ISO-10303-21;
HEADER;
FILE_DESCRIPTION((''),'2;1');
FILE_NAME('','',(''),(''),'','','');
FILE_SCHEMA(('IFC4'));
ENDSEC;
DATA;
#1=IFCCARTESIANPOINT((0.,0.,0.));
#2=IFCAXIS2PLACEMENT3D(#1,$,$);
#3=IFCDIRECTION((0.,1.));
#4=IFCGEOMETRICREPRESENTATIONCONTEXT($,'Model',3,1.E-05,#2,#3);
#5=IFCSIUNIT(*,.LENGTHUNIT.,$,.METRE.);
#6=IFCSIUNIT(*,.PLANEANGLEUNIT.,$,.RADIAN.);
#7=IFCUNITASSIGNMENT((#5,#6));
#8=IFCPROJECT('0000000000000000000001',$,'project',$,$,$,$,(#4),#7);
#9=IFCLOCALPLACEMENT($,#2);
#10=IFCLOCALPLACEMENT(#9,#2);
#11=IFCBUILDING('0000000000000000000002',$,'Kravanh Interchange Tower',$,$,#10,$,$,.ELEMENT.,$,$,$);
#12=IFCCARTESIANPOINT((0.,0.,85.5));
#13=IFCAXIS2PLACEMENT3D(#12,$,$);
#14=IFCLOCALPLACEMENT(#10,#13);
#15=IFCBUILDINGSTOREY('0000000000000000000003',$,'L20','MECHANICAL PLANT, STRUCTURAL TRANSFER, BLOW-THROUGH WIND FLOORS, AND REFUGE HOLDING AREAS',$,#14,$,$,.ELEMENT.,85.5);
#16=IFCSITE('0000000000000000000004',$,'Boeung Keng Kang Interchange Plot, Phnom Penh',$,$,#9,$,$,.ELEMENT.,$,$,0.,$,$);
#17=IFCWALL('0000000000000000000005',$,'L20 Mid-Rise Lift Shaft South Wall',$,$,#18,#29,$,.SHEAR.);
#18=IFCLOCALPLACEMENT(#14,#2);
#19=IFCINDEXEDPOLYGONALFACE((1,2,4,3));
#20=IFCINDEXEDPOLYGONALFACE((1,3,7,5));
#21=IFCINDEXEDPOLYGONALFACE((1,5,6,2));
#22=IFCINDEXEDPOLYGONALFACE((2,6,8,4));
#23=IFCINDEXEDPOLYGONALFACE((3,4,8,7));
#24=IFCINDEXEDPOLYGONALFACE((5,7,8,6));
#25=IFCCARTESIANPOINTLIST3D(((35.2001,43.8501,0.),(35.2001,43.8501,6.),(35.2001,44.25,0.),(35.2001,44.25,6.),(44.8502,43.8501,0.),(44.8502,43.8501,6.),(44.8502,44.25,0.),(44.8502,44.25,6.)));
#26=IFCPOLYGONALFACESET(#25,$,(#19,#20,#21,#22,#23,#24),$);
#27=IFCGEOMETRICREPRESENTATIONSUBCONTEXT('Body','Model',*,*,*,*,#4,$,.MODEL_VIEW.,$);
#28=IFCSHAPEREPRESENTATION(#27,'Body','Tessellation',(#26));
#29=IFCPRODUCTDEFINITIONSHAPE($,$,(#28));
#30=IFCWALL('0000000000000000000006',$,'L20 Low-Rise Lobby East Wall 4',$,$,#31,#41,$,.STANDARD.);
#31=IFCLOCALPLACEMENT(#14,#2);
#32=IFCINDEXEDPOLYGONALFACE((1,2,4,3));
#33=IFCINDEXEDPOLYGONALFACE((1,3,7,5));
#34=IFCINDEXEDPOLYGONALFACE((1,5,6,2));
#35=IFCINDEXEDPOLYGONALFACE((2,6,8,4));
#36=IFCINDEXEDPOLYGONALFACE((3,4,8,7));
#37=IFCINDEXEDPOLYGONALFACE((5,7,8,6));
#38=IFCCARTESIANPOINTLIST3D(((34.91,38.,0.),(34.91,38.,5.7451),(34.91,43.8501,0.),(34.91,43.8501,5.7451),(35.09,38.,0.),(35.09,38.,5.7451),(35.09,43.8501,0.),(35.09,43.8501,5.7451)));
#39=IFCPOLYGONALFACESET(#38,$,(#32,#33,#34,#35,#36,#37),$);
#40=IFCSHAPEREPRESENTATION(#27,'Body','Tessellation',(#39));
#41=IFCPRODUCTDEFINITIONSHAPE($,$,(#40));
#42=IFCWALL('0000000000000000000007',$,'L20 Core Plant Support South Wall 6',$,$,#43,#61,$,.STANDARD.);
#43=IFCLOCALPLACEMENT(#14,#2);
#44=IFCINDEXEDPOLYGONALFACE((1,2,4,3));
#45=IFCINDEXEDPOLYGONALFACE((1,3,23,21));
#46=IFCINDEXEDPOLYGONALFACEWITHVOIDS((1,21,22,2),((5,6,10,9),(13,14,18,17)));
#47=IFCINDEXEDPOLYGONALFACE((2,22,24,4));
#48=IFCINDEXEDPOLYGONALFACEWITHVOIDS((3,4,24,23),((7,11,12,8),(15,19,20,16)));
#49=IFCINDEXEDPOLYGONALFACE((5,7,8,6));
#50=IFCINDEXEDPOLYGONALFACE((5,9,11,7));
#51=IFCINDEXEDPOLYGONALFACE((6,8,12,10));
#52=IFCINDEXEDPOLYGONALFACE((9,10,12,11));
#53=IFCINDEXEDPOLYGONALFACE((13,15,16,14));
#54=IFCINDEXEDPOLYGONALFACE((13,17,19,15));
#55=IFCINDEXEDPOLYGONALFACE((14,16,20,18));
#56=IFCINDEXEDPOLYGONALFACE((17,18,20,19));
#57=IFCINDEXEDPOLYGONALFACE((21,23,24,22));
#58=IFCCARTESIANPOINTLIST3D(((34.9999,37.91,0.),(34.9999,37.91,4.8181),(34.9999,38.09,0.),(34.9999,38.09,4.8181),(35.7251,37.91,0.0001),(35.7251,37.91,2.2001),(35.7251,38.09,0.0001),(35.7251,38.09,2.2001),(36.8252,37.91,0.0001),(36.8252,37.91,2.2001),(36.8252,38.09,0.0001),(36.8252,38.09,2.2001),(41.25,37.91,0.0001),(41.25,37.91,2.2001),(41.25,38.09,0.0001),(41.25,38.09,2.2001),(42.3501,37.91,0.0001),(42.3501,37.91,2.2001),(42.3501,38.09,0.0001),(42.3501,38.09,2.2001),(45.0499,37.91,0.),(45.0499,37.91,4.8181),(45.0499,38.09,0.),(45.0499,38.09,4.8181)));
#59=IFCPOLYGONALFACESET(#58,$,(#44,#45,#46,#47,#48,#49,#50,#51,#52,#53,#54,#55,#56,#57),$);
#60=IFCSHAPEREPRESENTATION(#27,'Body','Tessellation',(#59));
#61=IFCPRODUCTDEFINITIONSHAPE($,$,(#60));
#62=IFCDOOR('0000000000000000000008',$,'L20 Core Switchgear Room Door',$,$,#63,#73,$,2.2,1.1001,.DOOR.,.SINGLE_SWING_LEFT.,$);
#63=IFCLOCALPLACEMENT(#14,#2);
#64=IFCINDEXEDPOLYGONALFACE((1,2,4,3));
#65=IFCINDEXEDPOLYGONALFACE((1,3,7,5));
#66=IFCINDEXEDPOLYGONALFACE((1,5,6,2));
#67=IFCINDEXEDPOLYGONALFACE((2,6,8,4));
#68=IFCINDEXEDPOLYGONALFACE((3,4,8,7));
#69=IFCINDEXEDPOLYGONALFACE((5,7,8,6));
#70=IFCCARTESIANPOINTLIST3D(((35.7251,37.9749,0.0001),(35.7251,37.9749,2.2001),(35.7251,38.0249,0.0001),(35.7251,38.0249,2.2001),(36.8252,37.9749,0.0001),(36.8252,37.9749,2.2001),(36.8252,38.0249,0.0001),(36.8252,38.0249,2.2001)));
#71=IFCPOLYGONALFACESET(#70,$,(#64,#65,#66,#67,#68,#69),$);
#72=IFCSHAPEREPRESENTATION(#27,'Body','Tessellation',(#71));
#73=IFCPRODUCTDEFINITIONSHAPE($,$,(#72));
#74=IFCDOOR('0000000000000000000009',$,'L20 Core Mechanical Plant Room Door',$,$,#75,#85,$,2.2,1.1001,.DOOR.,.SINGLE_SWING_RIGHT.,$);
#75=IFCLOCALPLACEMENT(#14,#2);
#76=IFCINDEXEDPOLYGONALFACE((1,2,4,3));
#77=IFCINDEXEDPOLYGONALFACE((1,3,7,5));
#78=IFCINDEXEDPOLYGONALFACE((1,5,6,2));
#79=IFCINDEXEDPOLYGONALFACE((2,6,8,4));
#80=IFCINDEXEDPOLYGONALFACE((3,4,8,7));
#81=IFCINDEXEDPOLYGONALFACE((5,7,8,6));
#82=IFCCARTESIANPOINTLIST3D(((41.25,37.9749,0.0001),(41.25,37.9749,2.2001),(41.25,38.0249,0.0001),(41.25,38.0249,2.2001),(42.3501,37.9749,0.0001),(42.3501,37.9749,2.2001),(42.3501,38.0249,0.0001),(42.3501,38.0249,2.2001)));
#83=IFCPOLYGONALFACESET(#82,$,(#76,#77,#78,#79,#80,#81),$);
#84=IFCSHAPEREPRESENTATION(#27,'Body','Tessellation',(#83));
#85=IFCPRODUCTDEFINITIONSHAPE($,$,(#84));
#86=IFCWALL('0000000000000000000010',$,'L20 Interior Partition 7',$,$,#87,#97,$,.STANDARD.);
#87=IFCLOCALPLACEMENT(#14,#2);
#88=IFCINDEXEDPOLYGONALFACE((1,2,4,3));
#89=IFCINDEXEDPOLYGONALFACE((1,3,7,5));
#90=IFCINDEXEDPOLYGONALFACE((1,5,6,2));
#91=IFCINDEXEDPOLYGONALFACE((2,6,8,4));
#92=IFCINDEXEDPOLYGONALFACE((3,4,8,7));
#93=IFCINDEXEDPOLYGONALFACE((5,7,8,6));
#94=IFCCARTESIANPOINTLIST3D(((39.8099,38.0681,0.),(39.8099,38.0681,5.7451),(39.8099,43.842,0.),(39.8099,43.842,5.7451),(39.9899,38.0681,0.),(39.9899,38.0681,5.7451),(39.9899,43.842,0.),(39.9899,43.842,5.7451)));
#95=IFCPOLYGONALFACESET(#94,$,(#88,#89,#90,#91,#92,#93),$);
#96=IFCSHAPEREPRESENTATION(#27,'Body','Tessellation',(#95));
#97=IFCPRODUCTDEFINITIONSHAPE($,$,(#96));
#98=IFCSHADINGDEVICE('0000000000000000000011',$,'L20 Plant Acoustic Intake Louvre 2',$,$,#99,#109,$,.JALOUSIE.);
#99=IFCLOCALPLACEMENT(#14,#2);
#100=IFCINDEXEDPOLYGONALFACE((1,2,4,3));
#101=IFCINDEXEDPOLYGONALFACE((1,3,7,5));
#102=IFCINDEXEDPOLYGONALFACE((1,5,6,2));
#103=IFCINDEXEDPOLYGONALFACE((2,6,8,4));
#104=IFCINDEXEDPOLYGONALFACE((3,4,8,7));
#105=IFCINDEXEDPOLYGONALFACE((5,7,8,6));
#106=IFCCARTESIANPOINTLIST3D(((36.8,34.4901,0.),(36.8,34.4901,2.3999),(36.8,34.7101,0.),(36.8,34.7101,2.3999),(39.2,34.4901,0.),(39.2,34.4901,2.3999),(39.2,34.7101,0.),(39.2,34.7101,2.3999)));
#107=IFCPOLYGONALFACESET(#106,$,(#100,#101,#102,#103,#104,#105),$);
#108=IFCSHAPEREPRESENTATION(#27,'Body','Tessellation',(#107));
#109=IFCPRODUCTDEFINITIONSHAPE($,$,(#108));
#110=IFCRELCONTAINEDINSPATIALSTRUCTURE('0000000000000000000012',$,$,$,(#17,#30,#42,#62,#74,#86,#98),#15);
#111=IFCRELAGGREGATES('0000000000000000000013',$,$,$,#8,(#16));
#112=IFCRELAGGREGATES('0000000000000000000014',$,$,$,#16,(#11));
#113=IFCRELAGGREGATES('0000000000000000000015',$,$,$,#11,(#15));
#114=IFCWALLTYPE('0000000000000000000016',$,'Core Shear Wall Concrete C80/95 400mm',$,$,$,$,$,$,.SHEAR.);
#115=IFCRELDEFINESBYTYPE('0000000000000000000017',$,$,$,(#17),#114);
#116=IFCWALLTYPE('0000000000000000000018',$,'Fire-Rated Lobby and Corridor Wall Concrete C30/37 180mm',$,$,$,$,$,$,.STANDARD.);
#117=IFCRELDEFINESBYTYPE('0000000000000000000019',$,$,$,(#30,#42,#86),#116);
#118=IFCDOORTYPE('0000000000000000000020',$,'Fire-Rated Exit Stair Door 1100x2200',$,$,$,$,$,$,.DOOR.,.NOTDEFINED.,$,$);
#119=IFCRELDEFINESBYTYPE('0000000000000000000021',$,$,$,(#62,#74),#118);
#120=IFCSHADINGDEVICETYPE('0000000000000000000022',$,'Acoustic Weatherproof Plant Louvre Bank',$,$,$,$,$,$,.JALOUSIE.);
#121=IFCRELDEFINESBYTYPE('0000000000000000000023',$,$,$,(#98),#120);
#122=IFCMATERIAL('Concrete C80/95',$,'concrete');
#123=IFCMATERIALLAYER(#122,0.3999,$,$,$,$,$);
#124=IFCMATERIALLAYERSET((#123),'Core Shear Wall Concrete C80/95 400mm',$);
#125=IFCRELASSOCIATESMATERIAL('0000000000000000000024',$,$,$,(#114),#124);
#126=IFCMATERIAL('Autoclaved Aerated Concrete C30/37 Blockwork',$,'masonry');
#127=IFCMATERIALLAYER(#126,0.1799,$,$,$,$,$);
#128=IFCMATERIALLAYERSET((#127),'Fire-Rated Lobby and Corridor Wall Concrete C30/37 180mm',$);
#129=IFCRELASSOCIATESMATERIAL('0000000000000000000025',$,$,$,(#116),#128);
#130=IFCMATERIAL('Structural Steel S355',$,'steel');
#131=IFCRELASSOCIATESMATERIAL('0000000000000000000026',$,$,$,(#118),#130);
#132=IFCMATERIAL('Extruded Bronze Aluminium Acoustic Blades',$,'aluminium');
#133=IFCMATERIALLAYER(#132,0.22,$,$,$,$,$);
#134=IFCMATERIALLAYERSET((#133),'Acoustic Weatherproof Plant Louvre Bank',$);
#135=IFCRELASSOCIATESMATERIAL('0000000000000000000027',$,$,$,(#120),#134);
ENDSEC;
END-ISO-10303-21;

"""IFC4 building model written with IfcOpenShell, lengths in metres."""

from ifc_helpers import new_model, si_unit, direction, frame, frame_2d, origin, origin_2d, place, context, subcontext, project, spatial, rectangle, extrude, material, layer, layer_set, type_object, element, fill, save


model = new_model("IFC4")

# Units and contexts
model_context = context("Model", 3, precision=1e-05, world=origin(), true_north=direction((0.0, 1.0)))
body_context = subcontext(model_context, "Body", "Model", "MODEL_VIEW")
ifc_project = project(units=[si_unit("LENGTHUNIT", "METRE"), si_unit("PLANEANGLEUNIT", "RADIAN")], contexts=[model_context])

# Site, building, storey
site_placement = place(None, origin())
site = spatial("IfcSite", under=ifc_project, at=site_placement, Name="Boeung Keng Kang Interchange Plot, Phnom Penh", CompositionType="ELEMENT", RefElevation=0.0)
building_placement = place(site_placement, origin())
building = spatial("IfcBuilding", under=site, at=building_placement, Name="Kravanh Interchange Tower", CompositionType="ELEMENT")
storey_placement = place(building_placement, frame((0.0, 0.0, 85.5)))
storey = spatial("IfcBuildingStorey", under=building, at=storey_placement, Name="L20", Description="MECHANICAL PLANT, STRUCTURAL TRANSFER, BLOW-THROUGH WIND FLOORS, AND REFUGE HOLDING AREAS", CompositionType="ELEMENT", Elevation=85.5)

# Walls
ifc_material_1 = material(Name="Concrete C80/95", Category="concrete")
ifc_layer_1 = layer(ifc_material_1, 0.3999)
ifc_layer_set_1 = layer_set([ifc_layer_1], Name="Core Shear Wall Concrete C80/95 400mm")
wall_type_1 = type_object("IfcWallType", Name="Core Shear Wall Concrete C80/95 400mm", PredefinedType="SHEAR", material=ifc_layer_set_1)
wall_1_placement = place(storey_placement, frame((35.2, 44.05, 0.0), z_axis=(0.0, 0.0, 1.0), x_axis=(1.0, 0.0, 0.0)))
element("IfcWall", 1, at=wall_1_placement, inside=storey, type_object=wall_type_1, Name="L20 Mid-Rise Lift Shaft South Wall", PredefinedType="SHEAR", context=body_context, shape_type="SweptSolid", body=[
    extrude(rectangle(XDim=9.6501, YDim=0.3999, at=frame_2d((4.8252, 0.0))), origin(), (0.0, 0.0, 1.0), 6.0),
])
ifc_material_2 = material(Name="Autoclaved Aerated Concrete C30/37 Blockwork", Category="masonry")
ifc_layer_2 = layer(ifc_material_2, 0.1799)
ifc_layer_set_2 = layer_set([ifc_layer_2], Name="Fire-Rated Lobby and Corridor Wall Concrete C30/37 180mm")
wall_type_2 = type_object("IfcWallType", Name="Fire-Rated Lobby and Corridor Wall Concrete C30/37 180mm", PredefinedType="STANDARD", material=ifc_layer_set_2)
wall_2_placement = place(storey_placement, frame((35.0, 38.0, 0.0), z_axis=(0.0, 0.0, 1.0), x_axis=(0.0, 1.0, 0.0)))
element("IfcWall", 2, at=wall_2_placement, inside=storey, type_object=wall_type_2, Name="L20 Low-Rise Lobby East Wall 4", PredefinedType="STANDARD", context=body_context, shape_type="SweptSolid", body=[
    extrude(rectangle(XDim=5.8501, YDim=0.1799, at=frame_2d((2.925, 0.0))), origin(), (0.0, 0.0, 1.0), 5.7451),
])

# Wall, openings, doors
wall_3_placement = place(storey_placement, frame((35.0, 38.0, 0.0), z_axis=(0.0, 0.0, 1.0), x_axis=(1.0, 0.0, 0.0)))
wall_3 = element("IfcWall", 3, at=wall_3_placement, inside=storey, type_object=wall_type_2, Name="L20 Core Plant Support South Wall 6", PredefinedType="STANDARD", context=body_context, shape_type="SweptSolid", body=[
    extrude(rectangle(XDim=10.05, YDim=0.1799, at=frame_2d((5.0249, 0.0))), origin(), (0.0, 0.0, 1.0), 4.8181),
])
opening_1_placement = place(wall_3_placement, frame((0.7251, 0.0, 0.0)))
opening_1 = element("IfcOpeningElement", 4, at=opening_1_placement, cuts=wall_3, PredefinedType="OPENING", context=body_context, shape_type="SweptSolid", body=[
    extrude(rectangle(XDim=1.1001, YDim=2.2, at=frame_2d((0.55, 1.1001))), frame((0.0, 0.1001, 0.0), z_axis=(0.0, -1.0, 0.0), x_axis=(1.0, 0.0, 0.0)), (0.0, 0.0, 1.0), 0.2),
])
opening_2_placement = place(wall_3_placement, frame((6.25, 0.0, 0.0)))
opening_2 = element("IfcOpeningElement", 5, at=opening_2_placement, cuts=wall_3, PredefinedType="OPENING", context=body_context, shape_type="SweptSolid", body=[
    extrude(rectangle(XDim=1.1001, YDim=2.2, at=frame_2d((0.55, 1.1001))), frame((0.0, 0.1001, 0.0), z_axis=(0.0, -1.0, 0.0), x_axis=(1.0, 0.0, 0.0)), (0.0, 0.0, 1.0), 0.2),
])
ifc_material_3 = material(Name="Structural Steel S355", Category="steel")
door_type = type_object("IfcDoorType", Name="Fire-Rated Exit Stair Door 1100x2200", OperationType="NOTDEFINED", PredefinedType="DOOR", material=ifc_material_3)
door_1_placement = place(opening_1_placement, origin())
door_1 = element("IfcDoor", 6, at=door_1_placement, inside=storey, type_object=door_type, Name="L20 Core Switchgear Room Door", OperationType="SINGLE_SWING_LEFT", OverallHeight=2.2, OverallWidth=1.1001, PredefinedType="DOOR", context=body_context, shape_type="SweptSolid", body=[
    extrude(rectangle(XDim=1.1001, YDim=2.2, at=frame_2d((0.55, 1.1001))), frame((0.0, 0.0249, 0.0), z_axis=(0.0, -1.0, 0.0), x_axis=(1.0, 0.0, 0.0)), (0.0, 0.0, 1.0), 0.05),
])
fill(opening_1, door_1)
door_2_placement = place(opening_2_placement, origin())
door_2 = element("IfcDoor", 7, at=door_2_placement, inside=storey, type_object=door_type, Name="L20 Core Mechanical Plant Room Door", OperationType="SINGLE_SWING_RIGHT", OverallHeight=2.2, OverallWidth=1.1001, PredefinedType="DOOR", context=body_context, shape_type="SweptSolid", body=[
    extrude(rectangle(XDim=1.1001, YDim=2.2, at=frame_2d((0.55, 1.1001))), frame((0.0, 0.0249, 0.0), z_axis=(0.0, -1.0, 0.0), x_axis=(1.0, 0.0, 0.0)), (0.0, 0.0, 1.0), 0.05),
])
fill(opening_2, door_2)

# Wall
wall_4_placement = place(storey_placement, frame((39.8999, 38.0681, 0.0), z_axis=(0.0, 0.0, 1.0), x_axis=(0.0, 1.0, 0.0)))
element("IfcWall", 8, at=wall_4_placement, inside=storey, type_object=wall_type_2, Name="L20 Interior Partition 7", PredefinedType="STANDARD", context=body_context, shape_type="SweptSolid", body=[
    extrude(rectangle(XDim=5.7739, YDim=0.1799, at=frame_2d((2.887, 0.0))), origin(), (0.0, 0.0, 1.0), 5.7451),
])

# Shading device
ifc_material_4 = material(Name="Extruded Bronze Aluminium Acoustic Blades", Category="aluminium")
ifc_layer_3 = layer(ifc_material_4, 0.22)
ifc_layer_set_3 = layer_set([ifc_layer_3], Name="Acoustic Weatherproof Plant Louvre Bank")
shading_device_type = type_object("IfcShadingDeviceType", Name="Acoustic Weatherproof Plant Louvre Bank", PredefinedType="JALOUSIE", material=ifc_layer_set_3)
shading_device_placement = place(storey_placement, frame((38.0, 34.6001, 0.0), z_axis=(0.0, 0.0, 1.0), x_axis=(1.0, 0.0, 0.0)))
element("IfcShadingDevice", 9, at=shading_device_placement, inside=storey, type_object=shading_device_type, Name="L20 Plant Acoustic Intake Louvre 2", PredefinedType="JALOUSIE", context=body_context, shape_type="SweptSolid", body=[
    extrude(rectangle(XDim=2.3999, YDim=0.22, at=origin_2d()), origin(), (0.0, 0.0, 1.0), 2.3999),
])

save(model, "model.ifc")
